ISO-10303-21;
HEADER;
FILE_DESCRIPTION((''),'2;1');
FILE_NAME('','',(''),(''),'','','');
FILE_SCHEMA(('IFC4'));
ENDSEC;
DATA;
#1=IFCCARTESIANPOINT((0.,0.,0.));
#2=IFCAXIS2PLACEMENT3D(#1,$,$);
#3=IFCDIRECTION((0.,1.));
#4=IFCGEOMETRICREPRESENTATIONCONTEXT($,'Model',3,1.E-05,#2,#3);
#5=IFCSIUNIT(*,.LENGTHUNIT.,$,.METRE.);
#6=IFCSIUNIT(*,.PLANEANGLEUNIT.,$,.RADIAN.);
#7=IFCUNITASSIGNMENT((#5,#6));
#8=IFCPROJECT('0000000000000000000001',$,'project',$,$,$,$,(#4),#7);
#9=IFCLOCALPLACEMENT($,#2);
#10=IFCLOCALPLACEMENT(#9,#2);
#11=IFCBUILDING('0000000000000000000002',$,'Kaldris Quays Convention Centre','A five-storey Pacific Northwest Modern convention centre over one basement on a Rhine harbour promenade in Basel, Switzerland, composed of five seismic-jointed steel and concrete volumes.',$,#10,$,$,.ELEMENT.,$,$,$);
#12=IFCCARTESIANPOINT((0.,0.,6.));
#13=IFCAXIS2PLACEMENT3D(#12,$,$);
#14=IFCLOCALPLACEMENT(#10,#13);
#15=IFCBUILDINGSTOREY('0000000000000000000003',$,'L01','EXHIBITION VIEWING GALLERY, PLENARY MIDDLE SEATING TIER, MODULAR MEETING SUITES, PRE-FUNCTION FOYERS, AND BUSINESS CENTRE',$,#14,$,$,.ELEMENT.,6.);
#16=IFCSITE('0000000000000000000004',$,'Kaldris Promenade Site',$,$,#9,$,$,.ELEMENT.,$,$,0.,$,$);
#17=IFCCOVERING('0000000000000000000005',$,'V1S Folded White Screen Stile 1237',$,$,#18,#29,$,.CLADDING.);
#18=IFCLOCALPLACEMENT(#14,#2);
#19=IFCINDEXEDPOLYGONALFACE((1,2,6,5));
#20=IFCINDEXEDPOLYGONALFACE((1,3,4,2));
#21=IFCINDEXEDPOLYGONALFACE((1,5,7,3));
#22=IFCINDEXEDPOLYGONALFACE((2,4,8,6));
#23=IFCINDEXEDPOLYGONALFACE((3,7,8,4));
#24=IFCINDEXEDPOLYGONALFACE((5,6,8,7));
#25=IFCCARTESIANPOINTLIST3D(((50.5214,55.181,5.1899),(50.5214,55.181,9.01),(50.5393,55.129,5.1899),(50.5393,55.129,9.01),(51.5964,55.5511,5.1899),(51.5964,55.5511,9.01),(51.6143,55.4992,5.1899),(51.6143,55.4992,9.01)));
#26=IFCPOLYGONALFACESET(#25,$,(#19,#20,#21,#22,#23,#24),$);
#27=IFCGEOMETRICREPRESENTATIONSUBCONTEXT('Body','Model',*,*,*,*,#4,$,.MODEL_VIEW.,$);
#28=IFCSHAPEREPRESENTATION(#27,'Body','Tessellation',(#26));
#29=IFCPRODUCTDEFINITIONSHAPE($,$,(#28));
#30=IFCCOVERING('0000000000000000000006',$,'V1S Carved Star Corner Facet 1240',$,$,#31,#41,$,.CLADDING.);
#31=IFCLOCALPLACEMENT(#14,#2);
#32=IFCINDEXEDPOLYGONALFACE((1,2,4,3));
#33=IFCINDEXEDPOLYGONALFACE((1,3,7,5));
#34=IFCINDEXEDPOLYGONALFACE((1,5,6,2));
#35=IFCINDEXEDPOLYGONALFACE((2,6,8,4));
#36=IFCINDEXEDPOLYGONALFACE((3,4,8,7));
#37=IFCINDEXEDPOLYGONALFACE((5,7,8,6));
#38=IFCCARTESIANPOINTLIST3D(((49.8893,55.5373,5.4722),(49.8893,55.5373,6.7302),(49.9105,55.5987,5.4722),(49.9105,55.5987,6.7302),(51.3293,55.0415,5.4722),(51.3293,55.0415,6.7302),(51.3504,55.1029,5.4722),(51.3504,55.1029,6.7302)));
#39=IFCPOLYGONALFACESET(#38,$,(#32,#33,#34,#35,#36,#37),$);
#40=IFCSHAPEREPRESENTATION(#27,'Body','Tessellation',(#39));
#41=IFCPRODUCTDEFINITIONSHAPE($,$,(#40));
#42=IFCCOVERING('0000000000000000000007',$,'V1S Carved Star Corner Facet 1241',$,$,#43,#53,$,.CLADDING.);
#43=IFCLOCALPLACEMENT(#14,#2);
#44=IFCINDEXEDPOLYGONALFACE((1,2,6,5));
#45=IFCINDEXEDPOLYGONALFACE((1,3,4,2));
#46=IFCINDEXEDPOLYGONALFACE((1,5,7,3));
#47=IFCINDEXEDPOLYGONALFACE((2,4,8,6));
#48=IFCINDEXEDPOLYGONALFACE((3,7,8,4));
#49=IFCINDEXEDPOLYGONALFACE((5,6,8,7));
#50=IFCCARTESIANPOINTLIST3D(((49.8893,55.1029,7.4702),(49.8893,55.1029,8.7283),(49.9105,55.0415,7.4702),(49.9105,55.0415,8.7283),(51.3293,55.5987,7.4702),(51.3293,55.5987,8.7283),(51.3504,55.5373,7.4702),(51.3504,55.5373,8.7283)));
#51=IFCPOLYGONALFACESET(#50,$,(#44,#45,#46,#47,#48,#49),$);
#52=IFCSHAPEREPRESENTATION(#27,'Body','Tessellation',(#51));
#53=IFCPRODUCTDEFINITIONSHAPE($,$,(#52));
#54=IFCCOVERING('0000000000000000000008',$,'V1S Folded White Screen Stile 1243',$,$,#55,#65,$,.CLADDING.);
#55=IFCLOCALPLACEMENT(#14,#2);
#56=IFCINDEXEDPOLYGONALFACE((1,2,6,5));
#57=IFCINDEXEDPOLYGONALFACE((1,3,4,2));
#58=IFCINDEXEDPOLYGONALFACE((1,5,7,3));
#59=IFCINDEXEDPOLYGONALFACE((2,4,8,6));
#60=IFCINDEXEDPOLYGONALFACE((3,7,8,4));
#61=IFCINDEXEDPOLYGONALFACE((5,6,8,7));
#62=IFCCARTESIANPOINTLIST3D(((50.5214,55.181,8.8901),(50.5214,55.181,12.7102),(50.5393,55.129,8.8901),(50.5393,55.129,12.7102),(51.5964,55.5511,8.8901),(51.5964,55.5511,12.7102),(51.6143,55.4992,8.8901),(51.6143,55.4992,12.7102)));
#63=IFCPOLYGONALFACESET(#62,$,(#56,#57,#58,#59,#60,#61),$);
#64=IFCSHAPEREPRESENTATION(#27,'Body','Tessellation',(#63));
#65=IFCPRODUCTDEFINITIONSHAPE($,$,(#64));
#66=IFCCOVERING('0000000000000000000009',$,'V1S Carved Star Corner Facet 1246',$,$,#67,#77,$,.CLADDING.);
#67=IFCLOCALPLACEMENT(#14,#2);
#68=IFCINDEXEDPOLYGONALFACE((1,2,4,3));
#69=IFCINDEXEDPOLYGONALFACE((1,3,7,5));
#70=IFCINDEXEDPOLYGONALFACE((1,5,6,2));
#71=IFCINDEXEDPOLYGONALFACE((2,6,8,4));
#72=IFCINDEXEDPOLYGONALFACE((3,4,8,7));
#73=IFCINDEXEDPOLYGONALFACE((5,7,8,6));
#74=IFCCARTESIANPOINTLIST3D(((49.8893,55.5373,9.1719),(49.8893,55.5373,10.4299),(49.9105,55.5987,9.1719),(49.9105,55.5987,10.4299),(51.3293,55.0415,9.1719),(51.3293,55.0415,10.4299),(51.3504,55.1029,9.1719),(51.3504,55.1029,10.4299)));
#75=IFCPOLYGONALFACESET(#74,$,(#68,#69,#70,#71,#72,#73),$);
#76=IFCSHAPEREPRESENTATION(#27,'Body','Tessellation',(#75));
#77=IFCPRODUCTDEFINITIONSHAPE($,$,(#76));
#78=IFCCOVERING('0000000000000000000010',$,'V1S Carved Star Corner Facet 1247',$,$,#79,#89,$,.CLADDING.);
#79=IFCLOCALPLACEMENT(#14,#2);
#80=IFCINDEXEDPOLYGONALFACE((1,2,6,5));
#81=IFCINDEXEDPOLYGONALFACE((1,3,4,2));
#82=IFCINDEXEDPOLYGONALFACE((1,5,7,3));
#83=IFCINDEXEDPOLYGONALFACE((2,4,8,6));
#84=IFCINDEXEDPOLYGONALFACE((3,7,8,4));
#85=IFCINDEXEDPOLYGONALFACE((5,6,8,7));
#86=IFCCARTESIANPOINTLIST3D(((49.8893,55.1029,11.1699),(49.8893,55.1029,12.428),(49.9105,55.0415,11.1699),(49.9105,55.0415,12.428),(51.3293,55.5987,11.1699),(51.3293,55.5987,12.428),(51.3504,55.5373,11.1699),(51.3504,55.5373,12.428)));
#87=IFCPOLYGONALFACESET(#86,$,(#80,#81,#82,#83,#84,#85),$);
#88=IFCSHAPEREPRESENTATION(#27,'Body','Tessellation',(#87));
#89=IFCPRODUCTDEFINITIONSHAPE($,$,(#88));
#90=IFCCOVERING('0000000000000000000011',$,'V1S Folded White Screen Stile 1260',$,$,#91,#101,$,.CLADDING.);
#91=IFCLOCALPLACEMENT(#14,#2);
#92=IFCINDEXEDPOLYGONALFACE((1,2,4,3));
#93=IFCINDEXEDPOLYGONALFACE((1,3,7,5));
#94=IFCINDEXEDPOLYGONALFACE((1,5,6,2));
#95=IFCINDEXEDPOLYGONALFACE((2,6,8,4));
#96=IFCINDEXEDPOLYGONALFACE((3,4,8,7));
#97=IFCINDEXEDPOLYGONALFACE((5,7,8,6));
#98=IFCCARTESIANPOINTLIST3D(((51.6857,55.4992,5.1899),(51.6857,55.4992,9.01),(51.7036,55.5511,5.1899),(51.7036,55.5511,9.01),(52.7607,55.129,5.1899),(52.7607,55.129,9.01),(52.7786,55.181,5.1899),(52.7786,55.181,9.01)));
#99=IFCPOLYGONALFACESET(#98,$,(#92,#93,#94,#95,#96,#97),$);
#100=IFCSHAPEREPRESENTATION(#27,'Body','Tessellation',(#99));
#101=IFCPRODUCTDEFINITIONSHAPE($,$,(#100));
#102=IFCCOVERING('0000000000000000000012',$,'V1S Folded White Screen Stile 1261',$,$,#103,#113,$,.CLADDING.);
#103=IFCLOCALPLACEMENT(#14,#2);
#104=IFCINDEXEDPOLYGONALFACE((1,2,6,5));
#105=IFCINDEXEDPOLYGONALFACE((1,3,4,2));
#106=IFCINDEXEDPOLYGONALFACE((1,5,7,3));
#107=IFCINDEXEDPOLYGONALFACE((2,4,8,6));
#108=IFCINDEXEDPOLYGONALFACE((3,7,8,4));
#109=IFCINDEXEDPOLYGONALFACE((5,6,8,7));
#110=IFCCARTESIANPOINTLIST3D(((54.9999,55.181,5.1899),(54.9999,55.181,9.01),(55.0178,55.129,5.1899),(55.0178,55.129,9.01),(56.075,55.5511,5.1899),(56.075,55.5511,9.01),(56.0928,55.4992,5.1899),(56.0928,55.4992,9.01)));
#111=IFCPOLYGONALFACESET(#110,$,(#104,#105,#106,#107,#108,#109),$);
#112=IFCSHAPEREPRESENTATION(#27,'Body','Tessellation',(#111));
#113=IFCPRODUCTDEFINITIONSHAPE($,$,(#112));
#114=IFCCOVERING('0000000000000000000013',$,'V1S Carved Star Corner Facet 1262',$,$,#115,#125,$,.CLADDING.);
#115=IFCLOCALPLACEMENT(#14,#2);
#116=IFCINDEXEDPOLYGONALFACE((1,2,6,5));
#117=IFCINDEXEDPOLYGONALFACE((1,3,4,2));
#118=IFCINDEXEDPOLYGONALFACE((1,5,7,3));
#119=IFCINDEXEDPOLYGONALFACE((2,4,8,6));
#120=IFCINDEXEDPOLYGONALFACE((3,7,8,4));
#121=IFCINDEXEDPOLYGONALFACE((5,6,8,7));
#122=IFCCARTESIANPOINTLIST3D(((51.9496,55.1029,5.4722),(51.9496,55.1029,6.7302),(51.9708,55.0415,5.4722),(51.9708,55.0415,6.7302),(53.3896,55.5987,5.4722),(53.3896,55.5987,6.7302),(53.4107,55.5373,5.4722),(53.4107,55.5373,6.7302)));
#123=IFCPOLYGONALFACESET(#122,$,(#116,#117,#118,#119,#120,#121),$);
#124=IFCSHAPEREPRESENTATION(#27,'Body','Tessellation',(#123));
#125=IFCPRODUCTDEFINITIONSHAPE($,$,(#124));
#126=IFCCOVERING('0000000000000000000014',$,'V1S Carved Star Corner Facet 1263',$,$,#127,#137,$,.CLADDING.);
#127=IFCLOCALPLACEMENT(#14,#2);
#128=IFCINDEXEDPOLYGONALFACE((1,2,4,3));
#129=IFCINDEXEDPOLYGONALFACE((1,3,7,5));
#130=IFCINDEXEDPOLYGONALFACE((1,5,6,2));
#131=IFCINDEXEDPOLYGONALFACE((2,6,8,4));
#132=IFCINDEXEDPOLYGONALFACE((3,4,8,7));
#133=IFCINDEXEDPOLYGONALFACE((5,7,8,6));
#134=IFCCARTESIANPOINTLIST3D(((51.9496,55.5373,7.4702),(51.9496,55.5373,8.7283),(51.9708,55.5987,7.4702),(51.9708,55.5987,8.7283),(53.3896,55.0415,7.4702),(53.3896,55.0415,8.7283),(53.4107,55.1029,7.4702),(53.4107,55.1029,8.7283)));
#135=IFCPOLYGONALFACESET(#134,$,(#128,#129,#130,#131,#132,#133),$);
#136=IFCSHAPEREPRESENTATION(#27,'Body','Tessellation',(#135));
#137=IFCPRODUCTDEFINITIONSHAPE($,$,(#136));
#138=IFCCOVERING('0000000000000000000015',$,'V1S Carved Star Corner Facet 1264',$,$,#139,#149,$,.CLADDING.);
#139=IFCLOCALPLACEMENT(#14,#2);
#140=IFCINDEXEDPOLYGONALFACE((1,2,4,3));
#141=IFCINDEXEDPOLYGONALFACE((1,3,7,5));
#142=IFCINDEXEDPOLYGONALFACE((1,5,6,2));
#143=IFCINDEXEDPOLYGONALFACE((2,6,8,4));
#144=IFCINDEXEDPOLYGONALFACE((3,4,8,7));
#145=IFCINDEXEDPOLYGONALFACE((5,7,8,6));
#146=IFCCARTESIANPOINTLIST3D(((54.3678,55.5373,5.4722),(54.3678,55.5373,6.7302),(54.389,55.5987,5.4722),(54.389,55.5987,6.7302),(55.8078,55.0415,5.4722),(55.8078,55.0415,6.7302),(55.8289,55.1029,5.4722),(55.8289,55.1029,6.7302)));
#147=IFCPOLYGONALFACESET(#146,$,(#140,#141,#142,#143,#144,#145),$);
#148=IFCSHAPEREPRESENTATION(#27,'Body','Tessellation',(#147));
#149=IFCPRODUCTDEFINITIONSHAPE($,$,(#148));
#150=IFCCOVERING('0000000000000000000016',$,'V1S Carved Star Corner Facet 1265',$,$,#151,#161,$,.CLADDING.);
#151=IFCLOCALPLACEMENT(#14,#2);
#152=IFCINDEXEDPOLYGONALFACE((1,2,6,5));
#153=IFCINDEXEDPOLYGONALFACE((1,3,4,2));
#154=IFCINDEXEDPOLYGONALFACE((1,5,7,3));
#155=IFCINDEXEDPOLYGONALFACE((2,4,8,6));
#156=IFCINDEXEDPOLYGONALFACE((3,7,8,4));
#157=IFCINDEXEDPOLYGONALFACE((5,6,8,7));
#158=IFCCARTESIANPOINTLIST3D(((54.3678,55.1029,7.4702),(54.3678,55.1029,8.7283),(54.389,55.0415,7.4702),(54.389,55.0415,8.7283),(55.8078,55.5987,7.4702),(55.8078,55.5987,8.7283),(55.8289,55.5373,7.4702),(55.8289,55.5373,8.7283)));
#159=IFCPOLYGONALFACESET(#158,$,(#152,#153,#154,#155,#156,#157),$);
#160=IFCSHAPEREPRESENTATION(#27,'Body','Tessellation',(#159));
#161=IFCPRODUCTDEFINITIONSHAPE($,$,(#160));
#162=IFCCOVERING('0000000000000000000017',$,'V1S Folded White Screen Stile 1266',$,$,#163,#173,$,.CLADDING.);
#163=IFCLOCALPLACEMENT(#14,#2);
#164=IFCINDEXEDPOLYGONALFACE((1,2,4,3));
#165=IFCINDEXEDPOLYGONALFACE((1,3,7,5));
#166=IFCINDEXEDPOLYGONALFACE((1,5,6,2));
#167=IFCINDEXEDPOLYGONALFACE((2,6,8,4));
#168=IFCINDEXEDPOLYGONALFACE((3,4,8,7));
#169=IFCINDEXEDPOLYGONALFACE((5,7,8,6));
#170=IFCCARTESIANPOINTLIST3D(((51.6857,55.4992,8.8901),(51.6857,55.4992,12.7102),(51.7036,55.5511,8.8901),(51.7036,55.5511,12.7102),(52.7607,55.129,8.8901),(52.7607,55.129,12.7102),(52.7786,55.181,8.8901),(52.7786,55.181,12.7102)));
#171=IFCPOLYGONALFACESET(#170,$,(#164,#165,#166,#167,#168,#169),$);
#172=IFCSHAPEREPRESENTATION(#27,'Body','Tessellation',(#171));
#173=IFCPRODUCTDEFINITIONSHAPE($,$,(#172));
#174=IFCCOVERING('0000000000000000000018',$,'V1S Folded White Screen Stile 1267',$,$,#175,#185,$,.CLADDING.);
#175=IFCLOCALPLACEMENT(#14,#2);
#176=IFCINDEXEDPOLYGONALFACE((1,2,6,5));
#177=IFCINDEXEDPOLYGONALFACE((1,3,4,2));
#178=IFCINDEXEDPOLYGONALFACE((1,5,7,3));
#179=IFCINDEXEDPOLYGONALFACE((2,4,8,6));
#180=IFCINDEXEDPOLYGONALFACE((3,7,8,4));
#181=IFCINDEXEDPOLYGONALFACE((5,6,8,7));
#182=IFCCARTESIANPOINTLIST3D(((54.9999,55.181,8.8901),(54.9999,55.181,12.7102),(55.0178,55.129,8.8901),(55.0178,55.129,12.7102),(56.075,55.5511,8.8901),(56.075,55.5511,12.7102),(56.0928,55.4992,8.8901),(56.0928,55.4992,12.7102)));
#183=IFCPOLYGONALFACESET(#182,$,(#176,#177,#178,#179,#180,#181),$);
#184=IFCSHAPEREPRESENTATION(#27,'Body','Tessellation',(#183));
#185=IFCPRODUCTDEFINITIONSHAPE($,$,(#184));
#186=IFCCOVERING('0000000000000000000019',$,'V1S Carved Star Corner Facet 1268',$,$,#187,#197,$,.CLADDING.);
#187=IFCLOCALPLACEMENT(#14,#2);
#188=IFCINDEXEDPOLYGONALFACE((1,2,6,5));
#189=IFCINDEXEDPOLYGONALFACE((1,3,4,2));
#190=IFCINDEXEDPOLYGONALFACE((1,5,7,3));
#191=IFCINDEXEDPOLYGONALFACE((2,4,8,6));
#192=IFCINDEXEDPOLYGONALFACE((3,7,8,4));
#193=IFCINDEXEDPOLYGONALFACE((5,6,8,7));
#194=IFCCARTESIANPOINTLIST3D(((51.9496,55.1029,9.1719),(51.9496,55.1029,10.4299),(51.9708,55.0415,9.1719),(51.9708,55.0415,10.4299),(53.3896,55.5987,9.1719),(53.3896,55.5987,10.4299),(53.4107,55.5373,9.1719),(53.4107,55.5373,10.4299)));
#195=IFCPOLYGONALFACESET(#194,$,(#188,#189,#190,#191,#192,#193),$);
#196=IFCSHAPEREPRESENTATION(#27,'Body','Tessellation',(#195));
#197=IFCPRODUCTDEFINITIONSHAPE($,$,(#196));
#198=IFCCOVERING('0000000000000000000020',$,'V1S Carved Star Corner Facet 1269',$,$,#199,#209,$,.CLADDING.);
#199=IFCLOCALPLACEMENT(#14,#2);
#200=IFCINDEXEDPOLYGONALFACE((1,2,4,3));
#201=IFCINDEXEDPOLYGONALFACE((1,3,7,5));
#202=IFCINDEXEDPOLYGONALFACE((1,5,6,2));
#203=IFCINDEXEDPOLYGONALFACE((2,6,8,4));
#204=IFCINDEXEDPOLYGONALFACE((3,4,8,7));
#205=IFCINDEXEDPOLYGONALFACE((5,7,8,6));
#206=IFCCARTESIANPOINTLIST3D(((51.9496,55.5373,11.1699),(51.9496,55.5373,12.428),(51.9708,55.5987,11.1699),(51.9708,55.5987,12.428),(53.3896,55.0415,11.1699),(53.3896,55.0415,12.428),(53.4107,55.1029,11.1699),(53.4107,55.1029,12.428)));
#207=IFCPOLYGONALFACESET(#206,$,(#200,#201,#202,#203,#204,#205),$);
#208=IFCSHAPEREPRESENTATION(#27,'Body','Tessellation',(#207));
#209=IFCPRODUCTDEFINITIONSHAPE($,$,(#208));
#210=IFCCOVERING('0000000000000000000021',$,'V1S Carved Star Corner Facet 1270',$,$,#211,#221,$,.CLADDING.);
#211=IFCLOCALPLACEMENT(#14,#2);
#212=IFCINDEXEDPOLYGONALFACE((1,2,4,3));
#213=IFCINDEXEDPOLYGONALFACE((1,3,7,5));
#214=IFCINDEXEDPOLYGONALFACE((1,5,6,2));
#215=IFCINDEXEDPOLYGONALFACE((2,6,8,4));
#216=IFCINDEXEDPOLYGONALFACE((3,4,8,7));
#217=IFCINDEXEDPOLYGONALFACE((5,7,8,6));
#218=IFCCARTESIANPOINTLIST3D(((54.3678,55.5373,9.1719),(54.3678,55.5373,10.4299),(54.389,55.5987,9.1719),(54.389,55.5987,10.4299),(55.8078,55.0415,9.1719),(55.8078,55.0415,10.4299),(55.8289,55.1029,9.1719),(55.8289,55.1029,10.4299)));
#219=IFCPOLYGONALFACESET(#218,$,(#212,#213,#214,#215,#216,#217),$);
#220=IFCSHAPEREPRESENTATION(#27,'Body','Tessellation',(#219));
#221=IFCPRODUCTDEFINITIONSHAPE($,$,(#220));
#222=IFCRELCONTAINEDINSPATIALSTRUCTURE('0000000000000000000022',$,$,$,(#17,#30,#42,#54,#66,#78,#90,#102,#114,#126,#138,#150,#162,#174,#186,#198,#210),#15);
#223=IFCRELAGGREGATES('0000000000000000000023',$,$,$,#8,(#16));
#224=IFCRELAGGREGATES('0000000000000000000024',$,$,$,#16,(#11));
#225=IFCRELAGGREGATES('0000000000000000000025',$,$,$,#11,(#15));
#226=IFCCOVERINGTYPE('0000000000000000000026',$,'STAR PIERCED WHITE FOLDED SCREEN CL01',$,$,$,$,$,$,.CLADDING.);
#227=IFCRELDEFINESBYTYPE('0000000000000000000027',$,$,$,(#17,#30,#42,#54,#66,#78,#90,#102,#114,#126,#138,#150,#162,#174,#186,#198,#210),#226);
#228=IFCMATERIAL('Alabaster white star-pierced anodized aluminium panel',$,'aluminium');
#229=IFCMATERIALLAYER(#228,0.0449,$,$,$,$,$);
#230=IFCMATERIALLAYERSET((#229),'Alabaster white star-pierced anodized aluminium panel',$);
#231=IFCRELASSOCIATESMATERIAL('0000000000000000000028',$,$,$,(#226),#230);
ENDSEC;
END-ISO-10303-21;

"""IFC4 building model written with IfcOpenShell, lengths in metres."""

from ifc_helpers import new_model, si_unit, direction, frame, origin, origin_2d, place, context, subcontext, project, spatial, rectangle, extrude, material, layer, layer_set, type_object, element, save


model = new_model("IFC4")

# Units and contexts
model_context = context("Model", 3, precision=1e-05, world=origin(), true_north=direction((0.0, 1.0)))
body_context = subcontext(model_context, "Body", "Model", "MODEL_VIEW")
ifc_project = project(units=[si_unit("LENGTHUNIT", "METRE"), si_unit("PLANEANGLEUNIT", "RADIAN")], contexts=[model_context])

# Site, building, storey
site_placement = place(None, origin())
site = spatial("IfcSite", under=ifc_project, at=site_placement, Name="Kaldris Promenade Site", CompositionType="ELEMENT", RefElevation=0.0)
building_placement = place(site_placement, origin())
building = spatial("IfcBuilding", under=site, at=building_placement, Name="Kaldris Quays Convention Centre", Description="A five-storey Pacific Northwest Modern convention centre over one basement on a Rhine harbour promenade in Basel, Switzerland, composed of five seismic-jointed steel and concrete volumes.", CompositionType="ELEMENT")
storey_placement = place(building_placement, frame((0.0, 0.0, 6.0)))
storey = spatial("IfcBuildingStorey", under=building, at=storey_placement, Name="L01", Description="EXHIBITION VIEWING GALLERY, PLENARY MIDDLE SEATING TIER, MODULAR MEETING SUITES, PRE-FUNCTION FOYERS, AND BUSINESS CENTRE", CompositionType="ELEMENT", Elevation=6.0)

# Coverings
ifc_material = material(Name="Alabaster white star-pierced anodized aluminium panel", Category="aluminium")
ifc_layer = layer(ifc_material, 0.0449)
ifc_layer_set = layer_set([ifc_layer], Name="Alabaster white star-pierced anodized aluminium panel")
covering_type = type_object("IfcCoveringType", Name="STAR PIERCED WHITE FOLDED SCREEN CL01", PredefinedType="CLADDING", material=ifc_layer_set)
covering_1_placement = place(storey_placement, frame((51.0679, 55.3401, 5.1899), z_axis=(0.0, 0.0, 1.0), x_axis=(0.945519, 0.325568, 0.0)))
element("IfcCovering", 1, at=covering_1_placement, inside=storey, type_object=covering_type, Name="V1S Folded White Screen Stile 1237", PredefinedType="CLADDING", context=body_context, shape_type="SweptSolid", body=[
    extrude(rectangle(XDim=1.137, YDim=0.0549, at=origin_2d()), origin(), (0.0, 0.0, 1.0), 3.8201),
])
for number, where, z_axis, x_axis, name in (
    (2, (50.6199, 55.3201, 5.4722), (0.0, 0.0, 1.0), (0.945519, -0.325568, 0.0), "V1S Carved Star Corner Facet 1240"),
    (3, (50.6199, 55.3201, 7.4702), (0.0, 0.0, 1.0), (0.945519, 0.325568, 0.0), "V1S Carved Star Corner Facet 1241"),
):
    element("IfcCovering", number, at=place(storey_placement, frame(where, z_axis=z_axis, x_axis=x_axis)), inside=storey, type_object=covering_type, Name=name, PredefinedType="CLADDING", context=body_context, shape_type="SweptSolid", body=[
        extrude(rectangle(XDim=1.5229, YDim=0.0649, at=origin_2d()), origin(), (0.0, 0.0, 1.0), 1.2581),
    ])
covering_2_placement = place(storey_placement, frame((51.0679, 55.3401, 8.8901), z_axis=(0.0, 0.0, 1.0), x_axis=(0.945519, 0.325568, 0.0)))
element("IfcCovering", 4, at=covering_2_placement, inside=storey, type_object=covering_type, Name="V1S Folded White Screen Stile 1243", PredefinedType="CLADDING", context=body_context, shape_type="SweptSolid", body=[
    extrude(rectangle(XDim=1.137, YDim=0.0549, at=origin_2d()), origin(), (0.0, 0.0, 1.0), 3.8201),
])
for number, where, z_axis, x_axis, name in (
    (5, (50.6199, 55.3201, 9.1719), (0.0, 0.0, 1.0), (0.945519, -0.325568, 0.0), "V1S Carved Star Corner Facet 1246"),
    (6, (50.6199, 55.3201, 11.1699), (0.0, 0.0, 1.0), (0.945519, 0.325568, 0.0), "V1S Carved Star Corner Facet 1247"),
):
    element("IfcCovering", number, at=place(storey_placement, frame(where, z_axis=z_axis, x_axis=x_axis)), inside=storey, type_object=covering_type, Name=name, PredefinedType="CLADDING", context=body_context, shape_type="SweptSolid", body=[
        extrude(rectangle(XDim=1.5229, YDim=0.0649, at=origin_2d()), origin(), (0.0, 0.0, 1.0), 1.2581),
    ])
for number, where, z_axis, x_axis, name in (
    (7, (52.2322, 55.3401, 5.1899), (0.0, 0.0, 1.0), (0.945519, -0.325568, 0.0), "V1S Folded White Screen Stile 1260"),
    (8, (55.5464, 55.3401, 5.1899), (0.0, 0.0, 1.0), (0.945519, 0.325568, 0.0), "V1S Folded White Screen Stile 1261"),
):
    element("IfcCovering", number, at=place(storey_placement, frame(where, z_axis=z_axis, x_axis=x_axis)), inside=storey, type_object=covering_type, Name=name, PredefinedType="CLADDING", context=body_context, shape_type="SweptSolid", body=[
        extrude(rectangle(XDim=1.137, YDim=0.0549, at=origin_2d()), origin(), (0.0, 0.0, 1.0), 3.8201),
    ])
for number, where, z_axis, x_axis, name in (
    (9, (52.6802, 55.3201, 5.4722), (0.0, 0.0, 1.0), (0.945519, 0.325568, 0.0), "V1S Carved Star Corner Facet 1262"),
    (10, (52.6802, 55.3201, 7.4702), (0.0, 0.0, 1.0), (0.945519, -0.325568, 0.0), "V1S Carved Star Corner Facet 1263"),
    (11, (55.0984, 55.3201, 5.4722), (0.0, 0.0, 1.0), (0.945519, -0.325568, 0.0), "V1S Carved Star Corner Facet 1264"),
    (12, (55.0984, 55.3201, 7.4702), (0.0, 0.0, 1.0), (0.945519, 0.325568, 0.0), "V1S Carved Star Corner Facet 1265"),
):
    element("IfcCovering", number, at=place(storey_placement, frame(where, z_axis=z_axis, x_axis=x_axis)), inside=storey, type_object=covering_type, Name=name, PredefinedType="CLADDING", context=body_context, shape_type="SweptSolid", body=[
        extrude(rectangle(XDim=1.5229, YDim=0.0649, at=origin_2d()), origin(), (0.0, 0.0, 1.0), 1.2581),
    ])
for number, where, z_axis, x_axis, name in (
    (13, (52.2322, 55.3401, 8.8901), (0.0, 0.0, 1.0), (0.945519, -0.325568, 0.0), "V1S Folded White Screen Stile 1266"),
    (14, (55.5464, 55.3401, 8.8901), (0.0, 0.0, 1.0), (0.945519, 0.325568, 0.0), "V1S Folded White Screen Stile 1267"),
):
    element("IfcCovering", number, at=place(storey_placement, frame(where, z_axis=z_axis, x_axis=x_axis)), inside=storey, type_object=covering_type, Name=name, PredefinedType="CLADDING", context=body_context, shape_type="SweptSolid", body=[
        extrude(rectangle(XDim=1.137, YDim=0.0549, at=origin_2d()), origin(), (0.0, 0.0, 1.0), 3.8201),
    ])
for number, where, z_axis, x_axis, name in (
    (15, (52.6802, 55.3201, 9.1719), (0.0, 0.0, 1.0), (0.945519, 0.325568, 0.0), "V1S Carved Star Corner Facet 1268"),
    (16, (52.6802, 55.3201, 11.1699), (0.0, 0.0, 1.0), (0.945519, -0.325568, 0.0), "V1S Carved Star Corner Facet 1269"),
    (17, (55.0984, 55.3201, 9.1719), (0.0, 0.0, 1.0), (0.945519, -0.325568, 0.0), "V1S Carved Star Corner Facet 1270"),
):
    element("IfcCovering", number, at=place(storey_placement, frame(where, z_axis=z_axis, x_axis=x_axis)), inside=storey, type_object=covering_type, Name=name, PredefinedType="CLADDING", context=body_context, shape_type="SweptSolid", body=[
        extrude(rectangle(XDim=1.5229, YDim=0.0649, at=origin_2d()), origin(), (0.0, 0.0, 1.0), 1.2581),
    ])

save(model, "model.ifc")
